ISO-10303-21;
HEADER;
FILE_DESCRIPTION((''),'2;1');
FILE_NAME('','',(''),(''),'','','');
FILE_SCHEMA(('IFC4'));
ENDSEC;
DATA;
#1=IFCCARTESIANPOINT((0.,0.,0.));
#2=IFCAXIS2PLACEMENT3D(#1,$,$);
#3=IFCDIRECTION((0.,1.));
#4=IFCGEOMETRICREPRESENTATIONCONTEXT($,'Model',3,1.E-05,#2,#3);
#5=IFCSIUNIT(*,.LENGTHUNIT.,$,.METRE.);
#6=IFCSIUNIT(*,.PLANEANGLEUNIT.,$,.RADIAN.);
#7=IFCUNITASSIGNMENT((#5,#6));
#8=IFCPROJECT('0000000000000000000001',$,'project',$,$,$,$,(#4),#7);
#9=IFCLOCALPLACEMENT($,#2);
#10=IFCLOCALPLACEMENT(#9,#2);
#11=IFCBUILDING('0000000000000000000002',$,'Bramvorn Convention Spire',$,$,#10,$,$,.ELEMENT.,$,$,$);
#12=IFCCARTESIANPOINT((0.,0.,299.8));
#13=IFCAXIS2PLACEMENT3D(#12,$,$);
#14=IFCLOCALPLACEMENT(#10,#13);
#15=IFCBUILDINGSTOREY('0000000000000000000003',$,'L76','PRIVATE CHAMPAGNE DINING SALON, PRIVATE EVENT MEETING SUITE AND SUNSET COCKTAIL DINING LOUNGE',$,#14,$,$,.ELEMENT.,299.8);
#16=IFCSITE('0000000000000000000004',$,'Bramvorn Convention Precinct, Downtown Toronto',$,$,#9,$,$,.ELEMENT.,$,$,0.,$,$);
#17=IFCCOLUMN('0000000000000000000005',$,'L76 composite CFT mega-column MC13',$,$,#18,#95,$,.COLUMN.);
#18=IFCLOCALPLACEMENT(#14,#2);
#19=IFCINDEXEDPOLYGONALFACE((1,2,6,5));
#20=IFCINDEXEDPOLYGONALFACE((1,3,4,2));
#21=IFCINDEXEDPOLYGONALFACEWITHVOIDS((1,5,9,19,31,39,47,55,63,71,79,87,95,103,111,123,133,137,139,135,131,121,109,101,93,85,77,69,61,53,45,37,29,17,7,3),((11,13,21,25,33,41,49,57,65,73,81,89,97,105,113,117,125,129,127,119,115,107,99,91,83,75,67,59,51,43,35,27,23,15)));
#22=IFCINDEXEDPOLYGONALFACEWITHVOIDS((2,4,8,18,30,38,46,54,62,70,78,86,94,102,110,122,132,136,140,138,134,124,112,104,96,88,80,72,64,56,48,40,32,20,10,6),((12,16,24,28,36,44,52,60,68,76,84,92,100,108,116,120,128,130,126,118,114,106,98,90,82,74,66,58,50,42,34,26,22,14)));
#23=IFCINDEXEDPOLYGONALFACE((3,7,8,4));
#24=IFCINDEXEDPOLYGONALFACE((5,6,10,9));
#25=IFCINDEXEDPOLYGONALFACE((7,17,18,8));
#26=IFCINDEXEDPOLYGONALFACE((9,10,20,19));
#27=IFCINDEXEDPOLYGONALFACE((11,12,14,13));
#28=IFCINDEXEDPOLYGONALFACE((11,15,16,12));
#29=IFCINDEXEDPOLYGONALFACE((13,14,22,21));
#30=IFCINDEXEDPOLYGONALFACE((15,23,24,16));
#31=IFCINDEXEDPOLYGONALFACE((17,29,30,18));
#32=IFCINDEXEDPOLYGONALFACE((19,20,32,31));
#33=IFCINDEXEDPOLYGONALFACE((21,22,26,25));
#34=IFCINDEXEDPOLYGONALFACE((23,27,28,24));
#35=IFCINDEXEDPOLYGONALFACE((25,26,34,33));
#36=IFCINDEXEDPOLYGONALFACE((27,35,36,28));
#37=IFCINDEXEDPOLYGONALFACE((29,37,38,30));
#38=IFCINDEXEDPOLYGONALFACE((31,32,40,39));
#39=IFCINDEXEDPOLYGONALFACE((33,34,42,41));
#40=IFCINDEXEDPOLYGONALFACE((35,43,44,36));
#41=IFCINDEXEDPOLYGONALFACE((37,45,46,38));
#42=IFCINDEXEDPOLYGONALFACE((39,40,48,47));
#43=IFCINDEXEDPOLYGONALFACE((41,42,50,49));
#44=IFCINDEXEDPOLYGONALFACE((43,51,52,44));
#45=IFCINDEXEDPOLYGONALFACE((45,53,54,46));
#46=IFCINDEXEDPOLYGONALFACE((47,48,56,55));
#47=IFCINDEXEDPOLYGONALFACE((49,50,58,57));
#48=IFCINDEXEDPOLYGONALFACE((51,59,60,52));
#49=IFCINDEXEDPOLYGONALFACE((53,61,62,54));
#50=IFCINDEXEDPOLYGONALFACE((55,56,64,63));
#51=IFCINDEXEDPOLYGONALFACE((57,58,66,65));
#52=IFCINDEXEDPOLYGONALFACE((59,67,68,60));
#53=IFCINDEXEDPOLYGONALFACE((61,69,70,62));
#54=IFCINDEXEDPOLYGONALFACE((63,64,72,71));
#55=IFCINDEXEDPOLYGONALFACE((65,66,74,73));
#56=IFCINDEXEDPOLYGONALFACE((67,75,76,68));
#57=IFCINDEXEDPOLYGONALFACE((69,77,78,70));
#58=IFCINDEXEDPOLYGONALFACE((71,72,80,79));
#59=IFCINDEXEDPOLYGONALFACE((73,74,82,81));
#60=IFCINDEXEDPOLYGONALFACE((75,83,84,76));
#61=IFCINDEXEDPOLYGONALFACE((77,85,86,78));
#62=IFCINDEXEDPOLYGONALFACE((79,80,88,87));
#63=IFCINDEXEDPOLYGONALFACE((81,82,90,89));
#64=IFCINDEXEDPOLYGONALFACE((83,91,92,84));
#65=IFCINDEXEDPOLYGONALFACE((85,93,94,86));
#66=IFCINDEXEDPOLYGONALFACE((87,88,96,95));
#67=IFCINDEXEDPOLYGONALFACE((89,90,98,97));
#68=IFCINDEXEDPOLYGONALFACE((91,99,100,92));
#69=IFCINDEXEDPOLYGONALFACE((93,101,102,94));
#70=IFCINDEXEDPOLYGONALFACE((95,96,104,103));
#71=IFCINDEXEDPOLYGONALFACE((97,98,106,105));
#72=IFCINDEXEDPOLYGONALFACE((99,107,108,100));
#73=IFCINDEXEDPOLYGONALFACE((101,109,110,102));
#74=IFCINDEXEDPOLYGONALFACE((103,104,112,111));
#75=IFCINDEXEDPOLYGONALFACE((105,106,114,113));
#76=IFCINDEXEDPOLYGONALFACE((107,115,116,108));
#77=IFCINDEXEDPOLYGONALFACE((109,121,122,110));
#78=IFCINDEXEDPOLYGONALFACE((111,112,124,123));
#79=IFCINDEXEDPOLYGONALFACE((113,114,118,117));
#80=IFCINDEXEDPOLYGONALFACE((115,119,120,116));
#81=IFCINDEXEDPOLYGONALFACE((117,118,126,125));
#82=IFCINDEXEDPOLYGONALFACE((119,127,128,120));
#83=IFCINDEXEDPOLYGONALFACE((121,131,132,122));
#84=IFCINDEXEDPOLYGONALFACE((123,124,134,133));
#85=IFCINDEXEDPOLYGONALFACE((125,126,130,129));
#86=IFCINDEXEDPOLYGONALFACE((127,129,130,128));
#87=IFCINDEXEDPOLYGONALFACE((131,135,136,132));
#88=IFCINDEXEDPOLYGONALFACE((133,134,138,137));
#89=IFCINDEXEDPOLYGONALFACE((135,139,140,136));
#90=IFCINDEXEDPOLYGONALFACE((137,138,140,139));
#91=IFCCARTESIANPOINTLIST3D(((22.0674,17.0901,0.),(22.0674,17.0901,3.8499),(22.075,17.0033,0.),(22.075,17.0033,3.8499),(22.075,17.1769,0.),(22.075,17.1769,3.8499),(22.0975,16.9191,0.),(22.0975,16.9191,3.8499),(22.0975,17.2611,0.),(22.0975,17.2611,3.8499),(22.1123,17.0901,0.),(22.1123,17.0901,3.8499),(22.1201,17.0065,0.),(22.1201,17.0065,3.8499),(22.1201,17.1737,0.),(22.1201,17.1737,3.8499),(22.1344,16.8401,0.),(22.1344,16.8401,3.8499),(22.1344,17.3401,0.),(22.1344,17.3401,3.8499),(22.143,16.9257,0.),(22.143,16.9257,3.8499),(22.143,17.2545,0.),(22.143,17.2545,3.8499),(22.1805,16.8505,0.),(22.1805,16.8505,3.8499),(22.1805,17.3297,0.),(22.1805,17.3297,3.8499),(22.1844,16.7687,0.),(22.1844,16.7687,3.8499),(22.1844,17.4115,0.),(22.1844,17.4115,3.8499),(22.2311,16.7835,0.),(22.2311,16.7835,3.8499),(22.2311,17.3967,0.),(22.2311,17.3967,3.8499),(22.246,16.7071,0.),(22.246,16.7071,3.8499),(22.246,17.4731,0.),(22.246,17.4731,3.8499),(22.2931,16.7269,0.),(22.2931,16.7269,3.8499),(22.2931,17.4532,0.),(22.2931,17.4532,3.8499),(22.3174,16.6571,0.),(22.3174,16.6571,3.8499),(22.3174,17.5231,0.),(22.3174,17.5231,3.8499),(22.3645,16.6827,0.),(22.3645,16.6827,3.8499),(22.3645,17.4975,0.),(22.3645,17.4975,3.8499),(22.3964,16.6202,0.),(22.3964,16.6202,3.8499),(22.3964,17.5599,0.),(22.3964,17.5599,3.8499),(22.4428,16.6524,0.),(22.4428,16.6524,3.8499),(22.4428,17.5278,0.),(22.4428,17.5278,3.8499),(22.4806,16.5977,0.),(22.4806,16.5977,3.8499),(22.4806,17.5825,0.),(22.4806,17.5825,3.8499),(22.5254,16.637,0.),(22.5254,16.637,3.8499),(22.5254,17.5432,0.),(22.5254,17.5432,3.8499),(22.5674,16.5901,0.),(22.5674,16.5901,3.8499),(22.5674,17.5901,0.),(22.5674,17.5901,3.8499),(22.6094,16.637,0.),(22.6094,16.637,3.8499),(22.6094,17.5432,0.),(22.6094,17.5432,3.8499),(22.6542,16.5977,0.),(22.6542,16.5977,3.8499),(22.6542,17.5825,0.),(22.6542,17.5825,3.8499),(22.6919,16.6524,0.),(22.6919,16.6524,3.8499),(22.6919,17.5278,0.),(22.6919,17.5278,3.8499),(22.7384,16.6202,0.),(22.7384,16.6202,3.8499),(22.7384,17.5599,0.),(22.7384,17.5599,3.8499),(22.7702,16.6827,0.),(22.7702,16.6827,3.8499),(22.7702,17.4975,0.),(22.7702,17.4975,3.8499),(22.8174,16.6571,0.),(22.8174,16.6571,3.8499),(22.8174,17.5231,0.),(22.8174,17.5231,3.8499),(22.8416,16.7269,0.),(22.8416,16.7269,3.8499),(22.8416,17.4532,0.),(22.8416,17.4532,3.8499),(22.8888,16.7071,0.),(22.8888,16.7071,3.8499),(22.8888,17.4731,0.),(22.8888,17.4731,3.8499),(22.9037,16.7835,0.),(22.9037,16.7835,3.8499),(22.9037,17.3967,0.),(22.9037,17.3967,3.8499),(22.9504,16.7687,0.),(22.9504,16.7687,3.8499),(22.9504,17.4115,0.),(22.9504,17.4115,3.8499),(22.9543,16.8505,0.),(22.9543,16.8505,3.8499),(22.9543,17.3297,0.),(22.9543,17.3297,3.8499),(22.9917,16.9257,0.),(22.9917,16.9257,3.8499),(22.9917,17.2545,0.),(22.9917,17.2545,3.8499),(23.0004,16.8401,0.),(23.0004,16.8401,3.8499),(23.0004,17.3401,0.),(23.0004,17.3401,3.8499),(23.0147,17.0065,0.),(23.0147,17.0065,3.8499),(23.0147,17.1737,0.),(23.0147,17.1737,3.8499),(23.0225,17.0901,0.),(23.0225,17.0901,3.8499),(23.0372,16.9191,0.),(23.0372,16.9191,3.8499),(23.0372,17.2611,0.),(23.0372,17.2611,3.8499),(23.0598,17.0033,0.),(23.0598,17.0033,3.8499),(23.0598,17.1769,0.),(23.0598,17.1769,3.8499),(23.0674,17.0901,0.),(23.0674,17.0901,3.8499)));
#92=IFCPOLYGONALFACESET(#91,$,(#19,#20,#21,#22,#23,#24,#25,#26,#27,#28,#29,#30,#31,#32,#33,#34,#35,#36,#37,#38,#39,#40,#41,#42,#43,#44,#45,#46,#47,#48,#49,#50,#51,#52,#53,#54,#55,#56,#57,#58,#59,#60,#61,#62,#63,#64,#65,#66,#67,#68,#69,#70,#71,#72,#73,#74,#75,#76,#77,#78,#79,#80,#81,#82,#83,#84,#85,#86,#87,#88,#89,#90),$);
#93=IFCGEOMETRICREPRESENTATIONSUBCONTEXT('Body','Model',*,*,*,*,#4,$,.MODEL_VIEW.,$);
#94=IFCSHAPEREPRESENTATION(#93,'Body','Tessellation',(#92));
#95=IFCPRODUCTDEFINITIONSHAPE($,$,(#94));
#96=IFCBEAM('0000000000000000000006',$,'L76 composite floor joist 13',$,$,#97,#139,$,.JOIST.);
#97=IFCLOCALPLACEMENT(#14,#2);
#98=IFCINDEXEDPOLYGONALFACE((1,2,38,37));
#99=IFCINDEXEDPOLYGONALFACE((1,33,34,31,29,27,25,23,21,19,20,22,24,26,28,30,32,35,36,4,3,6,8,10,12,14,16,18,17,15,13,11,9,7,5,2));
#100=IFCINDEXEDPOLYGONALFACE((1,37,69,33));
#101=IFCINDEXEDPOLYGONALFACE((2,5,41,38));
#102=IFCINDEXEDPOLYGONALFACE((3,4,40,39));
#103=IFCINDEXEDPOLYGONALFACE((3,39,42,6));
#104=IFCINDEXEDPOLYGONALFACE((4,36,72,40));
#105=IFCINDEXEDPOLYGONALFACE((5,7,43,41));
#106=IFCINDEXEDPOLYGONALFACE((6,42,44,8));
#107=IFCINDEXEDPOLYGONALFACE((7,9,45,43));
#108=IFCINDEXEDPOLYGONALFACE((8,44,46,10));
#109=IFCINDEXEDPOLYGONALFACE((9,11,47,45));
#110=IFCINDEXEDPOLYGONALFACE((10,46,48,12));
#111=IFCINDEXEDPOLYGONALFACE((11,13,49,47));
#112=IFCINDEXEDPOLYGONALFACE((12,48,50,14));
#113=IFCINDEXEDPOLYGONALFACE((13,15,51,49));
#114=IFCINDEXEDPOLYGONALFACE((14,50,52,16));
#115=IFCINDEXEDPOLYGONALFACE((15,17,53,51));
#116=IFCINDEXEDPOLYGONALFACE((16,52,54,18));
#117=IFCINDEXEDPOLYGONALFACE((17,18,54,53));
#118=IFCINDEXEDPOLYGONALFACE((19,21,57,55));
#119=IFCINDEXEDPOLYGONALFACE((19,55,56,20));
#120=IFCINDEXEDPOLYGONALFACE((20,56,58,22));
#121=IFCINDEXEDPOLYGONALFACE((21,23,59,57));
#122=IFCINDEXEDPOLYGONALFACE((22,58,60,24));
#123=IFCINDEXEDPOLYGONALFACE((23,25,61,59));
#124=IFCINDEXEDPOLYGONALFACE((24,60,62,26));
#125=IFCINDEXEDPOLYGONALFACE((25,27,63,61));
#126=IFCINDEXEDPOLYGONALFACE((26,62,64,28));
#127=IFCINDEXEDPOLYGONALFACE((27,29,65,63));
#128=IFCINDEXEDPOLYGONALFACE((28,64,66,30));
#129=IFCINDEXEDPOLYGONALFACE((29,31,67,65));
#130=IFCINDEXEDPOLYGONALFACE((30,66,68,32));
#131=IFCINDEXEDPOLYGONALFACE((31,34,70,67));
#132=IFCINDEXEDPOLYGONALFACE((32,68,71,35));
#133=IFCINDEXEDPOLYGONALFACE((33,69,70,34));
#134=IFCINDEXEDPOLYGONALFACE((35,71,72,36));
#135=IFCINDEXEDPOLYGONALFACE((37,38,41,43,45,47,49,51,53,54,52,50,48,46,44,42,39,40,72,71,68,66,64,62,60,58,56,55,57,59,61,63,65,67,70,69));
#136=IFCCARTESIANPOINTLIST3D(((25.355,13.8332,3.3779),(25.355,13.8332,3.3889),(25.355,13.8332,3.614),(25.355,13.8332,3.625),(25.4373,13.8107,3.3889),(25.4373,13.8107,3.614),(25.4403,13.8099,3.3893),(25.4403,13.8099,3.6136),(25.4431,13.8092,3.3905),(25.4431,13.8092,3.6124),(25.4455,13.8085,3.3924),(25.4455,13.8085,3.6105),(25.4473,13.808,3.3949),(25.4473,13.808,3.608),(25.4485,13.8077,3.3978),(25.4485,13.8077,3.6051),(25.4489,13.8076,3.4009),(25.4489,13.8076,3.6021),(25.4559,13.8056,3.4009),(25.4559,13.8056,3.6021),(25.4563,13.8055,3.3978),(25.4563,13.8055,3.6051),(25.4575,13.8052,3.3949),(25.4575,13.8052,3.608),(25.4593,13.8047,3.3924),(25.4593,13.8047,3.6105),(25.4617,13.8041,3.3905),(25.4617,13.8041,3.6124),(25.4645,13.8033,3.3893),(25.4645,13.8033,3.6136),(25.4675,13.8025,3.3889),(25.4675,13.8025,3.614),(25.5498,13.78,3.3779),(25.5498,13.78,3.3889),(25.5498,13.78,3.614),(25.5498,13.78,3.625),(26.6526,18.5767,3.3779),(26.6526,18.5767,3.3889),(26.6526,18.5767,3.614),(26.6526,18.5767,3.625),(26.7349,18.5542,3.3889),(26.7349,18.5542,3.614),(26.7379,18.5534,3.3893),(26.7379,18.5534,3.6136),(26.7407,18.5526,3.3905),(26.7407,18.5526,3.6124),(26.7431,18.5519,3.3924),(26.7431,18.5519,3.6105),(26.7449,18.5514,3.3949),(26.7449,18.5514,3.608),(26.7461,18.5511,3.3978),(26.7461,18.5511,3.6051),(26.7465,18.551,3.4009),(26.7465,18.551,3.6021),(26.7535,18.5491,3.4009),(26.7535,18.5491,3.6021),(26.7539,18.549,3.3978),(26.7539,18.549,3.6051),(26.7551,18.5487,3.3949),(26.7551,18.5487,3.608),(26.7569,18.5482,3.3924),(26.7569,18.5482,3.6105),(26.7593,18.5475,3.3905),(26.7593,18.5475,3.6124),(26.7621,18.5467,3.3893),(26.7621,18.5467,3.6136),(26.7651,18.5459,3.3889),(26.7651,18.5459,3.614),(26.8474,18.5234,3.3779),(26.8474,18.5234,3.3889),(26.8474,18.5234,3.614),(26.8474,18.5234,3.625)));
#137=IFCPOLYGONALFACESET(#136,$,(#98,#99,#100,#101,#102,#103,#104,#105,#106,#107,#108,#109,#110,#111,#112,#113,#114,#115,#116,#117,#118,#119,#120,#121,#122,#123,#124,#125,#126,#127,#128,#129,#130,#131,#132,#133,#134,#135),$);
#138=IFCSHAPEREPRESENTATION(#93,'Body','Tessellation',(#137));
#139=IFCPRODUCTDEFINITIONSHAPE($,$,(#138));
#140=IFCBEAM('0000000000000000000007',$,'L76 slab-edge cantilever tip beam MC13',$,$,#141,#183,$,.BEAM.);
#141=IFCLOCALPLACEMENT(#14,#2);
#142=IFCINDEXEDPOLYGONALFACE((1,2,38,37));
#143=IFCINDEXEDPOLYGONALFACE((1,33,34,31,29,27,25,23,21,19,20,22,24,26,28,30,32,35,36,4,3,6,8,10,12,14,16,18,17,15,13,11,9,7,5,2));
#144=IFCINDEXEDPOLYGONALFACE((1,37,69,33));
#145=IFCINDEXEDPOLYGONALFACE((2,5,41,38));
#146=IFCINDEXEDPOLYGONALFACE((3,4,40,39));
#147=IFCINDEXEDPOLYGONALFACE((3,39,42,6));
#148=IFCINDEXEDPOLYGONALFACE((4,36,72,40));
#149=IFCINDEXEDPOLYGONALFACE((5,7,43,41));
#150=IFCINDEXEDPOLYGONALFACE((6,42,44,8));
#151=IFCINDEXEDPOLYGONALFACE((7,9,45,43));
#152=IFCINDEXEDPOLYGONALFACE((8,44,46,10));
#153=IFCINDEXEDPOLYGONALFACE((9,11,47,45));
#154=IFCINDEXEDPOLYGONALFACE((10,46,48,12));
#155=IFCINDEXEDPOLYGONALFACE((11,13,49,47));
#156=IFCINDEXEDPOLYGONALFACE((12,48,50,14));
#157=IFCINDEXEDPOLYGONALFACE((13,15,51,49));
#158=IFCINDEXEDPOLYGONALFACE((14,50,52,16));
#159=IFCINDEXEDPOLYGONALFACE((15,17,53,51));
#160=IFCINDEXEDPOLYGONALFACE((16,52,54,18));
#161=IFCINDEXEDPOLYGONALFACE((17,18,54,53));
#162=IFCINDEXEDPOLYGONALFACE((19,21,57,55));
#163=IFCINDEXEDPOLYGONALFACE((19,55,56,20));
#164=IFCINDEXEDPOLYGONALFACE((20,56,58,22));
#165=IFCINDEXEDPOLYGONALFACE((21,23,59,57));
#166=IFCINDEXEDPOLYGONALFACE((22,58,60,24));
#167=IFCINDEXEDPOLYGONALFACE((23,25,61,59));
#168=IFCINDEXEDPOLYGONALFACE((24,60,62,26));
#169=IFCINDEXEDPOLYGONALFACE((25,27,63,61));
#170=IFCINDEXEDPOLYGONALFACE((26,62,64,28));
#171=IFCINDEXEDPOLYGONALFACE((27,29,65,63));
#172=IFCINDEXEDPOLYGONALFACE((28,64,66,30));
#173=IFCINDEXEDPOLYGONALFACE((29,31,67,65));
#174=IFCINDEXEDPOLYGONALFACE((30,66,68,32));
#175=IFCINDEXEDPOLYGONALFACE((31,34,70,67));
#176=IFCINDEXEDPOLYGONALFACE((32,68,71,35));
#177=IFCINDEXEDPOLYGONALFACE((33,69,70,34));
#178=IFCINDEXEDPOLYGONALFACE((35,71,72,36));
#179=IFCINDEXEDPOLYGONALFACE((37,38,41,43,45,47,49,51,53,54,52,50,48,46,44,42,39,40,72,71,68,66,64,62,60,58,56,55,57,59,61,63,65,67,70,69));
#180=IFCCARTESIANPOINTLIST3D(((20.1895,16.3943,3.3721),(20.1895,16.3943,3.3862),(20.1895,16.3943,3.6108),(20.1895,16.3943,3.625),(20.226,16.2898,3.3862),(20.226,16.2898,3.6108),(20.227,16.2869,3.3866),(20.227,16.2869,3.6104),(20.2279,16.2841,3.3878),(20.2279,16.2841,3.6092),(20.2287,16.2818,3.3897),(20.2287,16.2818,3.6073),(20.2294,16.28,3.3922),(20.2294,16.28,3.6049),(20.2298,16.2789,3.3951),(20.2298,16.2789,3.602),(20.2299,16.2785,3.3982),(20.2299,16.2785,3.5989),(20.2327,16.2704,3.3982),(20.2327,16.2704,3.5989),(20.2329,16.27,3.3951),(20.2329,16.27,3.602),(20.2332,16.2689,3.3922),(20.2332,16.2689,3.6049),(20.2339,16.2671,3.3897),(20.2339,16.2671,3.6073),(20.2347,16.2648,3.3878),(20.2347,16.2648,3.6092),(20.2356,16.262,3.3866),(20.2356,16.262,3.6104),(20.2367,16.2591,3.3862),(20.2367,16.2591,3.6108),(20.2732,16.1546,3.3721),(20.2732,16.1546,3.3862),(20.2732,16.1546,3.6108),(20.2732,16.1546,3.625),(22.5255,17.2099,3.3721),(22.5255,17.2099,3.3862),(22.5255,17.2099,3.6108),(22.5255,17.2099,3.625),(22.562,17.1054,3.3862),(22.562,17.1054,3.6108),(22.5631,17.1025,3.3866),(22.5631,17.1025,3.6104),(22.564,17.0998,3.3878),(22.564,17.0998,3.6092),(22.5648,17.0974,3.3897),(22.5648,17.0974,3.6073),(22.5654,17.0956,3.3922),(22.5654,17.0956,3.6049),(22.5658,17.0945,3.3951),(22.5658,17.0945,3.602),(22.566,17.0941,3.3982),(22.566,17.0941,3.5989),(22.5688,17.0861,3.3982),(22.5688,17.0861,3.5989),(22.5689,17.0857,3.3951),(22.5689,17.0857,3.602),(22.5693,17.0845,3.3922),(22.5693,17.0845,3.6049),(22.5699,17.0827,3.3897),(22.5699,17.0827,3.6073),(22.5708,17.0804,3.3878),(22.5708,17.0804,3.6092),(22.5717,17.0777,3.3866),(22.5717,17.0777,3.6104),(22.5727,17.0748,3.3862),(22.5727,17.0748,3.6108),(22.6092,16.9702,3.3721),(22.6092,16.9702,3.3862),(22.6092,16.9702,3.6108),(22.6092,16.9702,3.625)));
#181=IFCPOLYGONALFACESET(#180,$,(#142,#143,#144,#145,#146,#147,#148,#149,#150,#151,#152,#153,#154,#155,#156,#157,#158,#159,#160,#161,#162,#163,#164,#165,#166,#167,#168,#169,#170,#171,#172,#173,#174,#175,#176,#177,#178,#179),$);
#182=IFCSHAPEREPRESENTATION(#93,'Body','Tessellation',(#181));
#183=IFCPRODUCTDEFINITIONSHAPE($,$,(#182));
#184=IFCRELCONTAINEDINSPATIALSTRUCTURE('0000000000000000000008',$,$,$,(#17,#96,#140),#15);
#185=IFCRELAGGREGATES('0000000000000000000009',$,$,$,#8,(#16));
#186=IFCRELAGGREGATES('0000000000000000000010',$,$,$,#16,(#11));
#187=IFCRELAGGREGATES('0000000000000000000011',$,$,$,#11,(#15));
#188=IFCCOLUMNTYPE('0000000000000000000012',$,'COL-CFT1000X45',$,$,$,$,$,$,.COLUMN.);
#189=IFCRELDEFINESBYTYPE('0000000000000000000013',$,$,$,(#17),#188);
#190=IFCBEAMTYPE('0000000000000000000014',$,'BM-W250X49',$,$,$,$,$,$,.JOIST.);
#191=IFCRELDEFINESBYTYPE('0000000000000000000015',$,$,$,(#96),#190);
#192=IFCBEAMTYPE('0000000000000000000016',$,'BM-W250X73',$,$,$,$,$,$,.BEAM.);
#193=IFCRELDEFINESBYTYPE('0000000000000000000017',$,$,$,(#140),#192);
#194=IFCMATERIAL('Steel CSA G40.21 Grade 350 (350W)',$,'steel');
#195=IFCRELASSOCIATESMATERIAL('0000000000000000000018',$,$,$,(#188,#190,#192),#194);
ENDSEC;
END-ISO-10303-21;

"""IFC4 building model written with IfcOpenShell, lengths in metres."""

from ifc_helpers import new_model, si_unit, direction, frame, origin, origin_2d, place, context, subcontext, project, spatial, hollow_circle, i_section, extrude, material, material_profile, profile_set, type_object, element, save


model = new_model("IFC4")

# Units and contexts
model_context = context("Model", 3, precision=1e-05, world=origin(), true_north=direction((0.0, 1.0)))
body_context = subcontext(model_context, "Body", "Model", "MODEL_VIEW")
ifc_project = project(units=[si_unit("LENGTHUNIT", "METRE"), si_unit("PLANEANGLEUNIT", "RADIAN")], contexts=[model_context])

# Site, building, storey
site_placement = place(None, origin())
site = spatial("IfcSite", under=ifc_project, at=site_placement, Name="Bramvorn Convention Precinct, Downtown Toronto", CompositionType="ELEMENT", RefElevation=0.0)
building_placement = place(site_placement, origin())
building = spatial("IfcBuilding", under=site, at=building_placement, Name="Bramvorn Convention Spire", CompositionType="ELEMENT")
storey_placement = place(building_placement, frame((0.0, 0.0, 299.8)))
storey = spatial("IfcBuildingStorey", under=building, at=storey_placement, Name="L76", Description="PRIVATE CHAMPAGNE DINING SALON, PRIVATE EVENT MEETING SUITE AND SUNSET COCKTAIL DINING LOUNGE", CompositionType="ELEMENT", Elevation=299.8)

# Column
ifc_material_1 = material(Name="Steel CSA G40.21 Grade 350 (350W)", Category="steel")
ifc_material_profile_1 = material_profile(ifc_material_1, hollow_circle(Radius=0.5, WallThickness=0.0449, at=origin_2d()))
ifc_profile_set_1 = profile_set([ifc_material_profile_1], Name="Steel CSA G40.21 Grade 350 (350W) - CFT1000X45")
column_type = type_object("IfcColumnType", Name="COL-CFT1000X45", PredefinedType="COLUMN", material=ifc_profile_set_1)
column_placement = place(storey_placement, frame((22.5674, 17.0901, 0.0), z_axis=(0.0, 0.0, 1.0), x_axis=(1.0, 0.0, 0.0)))
element("IfcColumn", 1, at=column_placement, inside=storey, type_object=column_type, Name="L76 composite CFT mega-column MC13", PredefinedType="COLUMN", context=body_context, shape_type="SweptSolid", body=[
    extrude(hollow_circle(Radius=0.5, WallThickness=0.0449, at=origin_2d()), origin(), (0.0, 0.0, 1.0), 3.8499),
])

# Beams
ifc_material_profile_2 = material_profile(ifc_material_1, i_section(OverallWidth=0.2019, OverallDepth=0.2471, WebThickness=0.0073, FlangeThickness=0.011, FilletRadius=0.012, at=origin_2d()))
ifc_profile_set_2 = profile_set([ifc_material_profile_2], Name="Steel CSA G40.21 Grade 350 (350W) - W250X49")
beam_type_1 = type_object("IfcBeamType", Name="BM-W250X49", PredefinedType="JOIST", material=ifc_profile_set_2)
beam_1_placement = place(storey_placement, frame((26.75, 18.55, 3.5015), z_axis=(-0.263865, -0.96456, 0.0), x_axis=(0.96456, -0.263865, 0.0)))
element("IfcBeam", 2, at=beam_1_placement, inside=storey, type_object=beam_type_1, Name="L76 composite floor joist 13", PredefinedType="JOIST", context=body_context, shape_type="SweptSolid", body=[
    extrude(i_section(OverallWidth=0.2019, OverallDepth=0.2471, WebThickness=0.0073, FlangeThickness=0.011, FilletRadius=0.012, at=origin_2d()), origin(), (0.0, 0.0, 1.0), 4.9177),
])
ifc_material_profile_3 = material_profile(ifc_material_1, i_section(OverallWidth=0.2539, OverallDepth=0.2529, WebThickness=0.0085, FlangeThickness=0.0142, FilletRadius=0.012, at=origin_2d()))
ifc_profile_set_3 = profile_set([ifc_material_profile_3], Name="Steel CSA G40.21 Grade 350 (350W) - W250X73")
beam_type_2 = type_object("IfcBeamType", Name="BM-W250X73", PredefinedType="BEAM", material=ifc_profile_set_3)
beam_2_placement = place(storey_placement, frame((22.5674, 17.0901, 3.4985), z_axis=(-0.944109, -0.329634, 0.0), x_axis=(0.329634, -0.944109, 0.0)))
element("IfcBeam", 3, at=beam_2_placement, inside=storey, type_object=beam_type_2, Name="L76 slab-edge cantilever tip beam MC13", PredefinedType="BEAM", context=body_context, shape_type="SweptSolid", body=[
    extrude(i_section(OverallWidth=0.2539, OverallDepth=0.2529, WebThickness=0.0085, FlangeThickness=0.0142, FilletRadius=0.012, at=origin_2d()), origin(), (0.0, 0.0, 1.0), 2.4744),
])

save(model, "model.ifc")
